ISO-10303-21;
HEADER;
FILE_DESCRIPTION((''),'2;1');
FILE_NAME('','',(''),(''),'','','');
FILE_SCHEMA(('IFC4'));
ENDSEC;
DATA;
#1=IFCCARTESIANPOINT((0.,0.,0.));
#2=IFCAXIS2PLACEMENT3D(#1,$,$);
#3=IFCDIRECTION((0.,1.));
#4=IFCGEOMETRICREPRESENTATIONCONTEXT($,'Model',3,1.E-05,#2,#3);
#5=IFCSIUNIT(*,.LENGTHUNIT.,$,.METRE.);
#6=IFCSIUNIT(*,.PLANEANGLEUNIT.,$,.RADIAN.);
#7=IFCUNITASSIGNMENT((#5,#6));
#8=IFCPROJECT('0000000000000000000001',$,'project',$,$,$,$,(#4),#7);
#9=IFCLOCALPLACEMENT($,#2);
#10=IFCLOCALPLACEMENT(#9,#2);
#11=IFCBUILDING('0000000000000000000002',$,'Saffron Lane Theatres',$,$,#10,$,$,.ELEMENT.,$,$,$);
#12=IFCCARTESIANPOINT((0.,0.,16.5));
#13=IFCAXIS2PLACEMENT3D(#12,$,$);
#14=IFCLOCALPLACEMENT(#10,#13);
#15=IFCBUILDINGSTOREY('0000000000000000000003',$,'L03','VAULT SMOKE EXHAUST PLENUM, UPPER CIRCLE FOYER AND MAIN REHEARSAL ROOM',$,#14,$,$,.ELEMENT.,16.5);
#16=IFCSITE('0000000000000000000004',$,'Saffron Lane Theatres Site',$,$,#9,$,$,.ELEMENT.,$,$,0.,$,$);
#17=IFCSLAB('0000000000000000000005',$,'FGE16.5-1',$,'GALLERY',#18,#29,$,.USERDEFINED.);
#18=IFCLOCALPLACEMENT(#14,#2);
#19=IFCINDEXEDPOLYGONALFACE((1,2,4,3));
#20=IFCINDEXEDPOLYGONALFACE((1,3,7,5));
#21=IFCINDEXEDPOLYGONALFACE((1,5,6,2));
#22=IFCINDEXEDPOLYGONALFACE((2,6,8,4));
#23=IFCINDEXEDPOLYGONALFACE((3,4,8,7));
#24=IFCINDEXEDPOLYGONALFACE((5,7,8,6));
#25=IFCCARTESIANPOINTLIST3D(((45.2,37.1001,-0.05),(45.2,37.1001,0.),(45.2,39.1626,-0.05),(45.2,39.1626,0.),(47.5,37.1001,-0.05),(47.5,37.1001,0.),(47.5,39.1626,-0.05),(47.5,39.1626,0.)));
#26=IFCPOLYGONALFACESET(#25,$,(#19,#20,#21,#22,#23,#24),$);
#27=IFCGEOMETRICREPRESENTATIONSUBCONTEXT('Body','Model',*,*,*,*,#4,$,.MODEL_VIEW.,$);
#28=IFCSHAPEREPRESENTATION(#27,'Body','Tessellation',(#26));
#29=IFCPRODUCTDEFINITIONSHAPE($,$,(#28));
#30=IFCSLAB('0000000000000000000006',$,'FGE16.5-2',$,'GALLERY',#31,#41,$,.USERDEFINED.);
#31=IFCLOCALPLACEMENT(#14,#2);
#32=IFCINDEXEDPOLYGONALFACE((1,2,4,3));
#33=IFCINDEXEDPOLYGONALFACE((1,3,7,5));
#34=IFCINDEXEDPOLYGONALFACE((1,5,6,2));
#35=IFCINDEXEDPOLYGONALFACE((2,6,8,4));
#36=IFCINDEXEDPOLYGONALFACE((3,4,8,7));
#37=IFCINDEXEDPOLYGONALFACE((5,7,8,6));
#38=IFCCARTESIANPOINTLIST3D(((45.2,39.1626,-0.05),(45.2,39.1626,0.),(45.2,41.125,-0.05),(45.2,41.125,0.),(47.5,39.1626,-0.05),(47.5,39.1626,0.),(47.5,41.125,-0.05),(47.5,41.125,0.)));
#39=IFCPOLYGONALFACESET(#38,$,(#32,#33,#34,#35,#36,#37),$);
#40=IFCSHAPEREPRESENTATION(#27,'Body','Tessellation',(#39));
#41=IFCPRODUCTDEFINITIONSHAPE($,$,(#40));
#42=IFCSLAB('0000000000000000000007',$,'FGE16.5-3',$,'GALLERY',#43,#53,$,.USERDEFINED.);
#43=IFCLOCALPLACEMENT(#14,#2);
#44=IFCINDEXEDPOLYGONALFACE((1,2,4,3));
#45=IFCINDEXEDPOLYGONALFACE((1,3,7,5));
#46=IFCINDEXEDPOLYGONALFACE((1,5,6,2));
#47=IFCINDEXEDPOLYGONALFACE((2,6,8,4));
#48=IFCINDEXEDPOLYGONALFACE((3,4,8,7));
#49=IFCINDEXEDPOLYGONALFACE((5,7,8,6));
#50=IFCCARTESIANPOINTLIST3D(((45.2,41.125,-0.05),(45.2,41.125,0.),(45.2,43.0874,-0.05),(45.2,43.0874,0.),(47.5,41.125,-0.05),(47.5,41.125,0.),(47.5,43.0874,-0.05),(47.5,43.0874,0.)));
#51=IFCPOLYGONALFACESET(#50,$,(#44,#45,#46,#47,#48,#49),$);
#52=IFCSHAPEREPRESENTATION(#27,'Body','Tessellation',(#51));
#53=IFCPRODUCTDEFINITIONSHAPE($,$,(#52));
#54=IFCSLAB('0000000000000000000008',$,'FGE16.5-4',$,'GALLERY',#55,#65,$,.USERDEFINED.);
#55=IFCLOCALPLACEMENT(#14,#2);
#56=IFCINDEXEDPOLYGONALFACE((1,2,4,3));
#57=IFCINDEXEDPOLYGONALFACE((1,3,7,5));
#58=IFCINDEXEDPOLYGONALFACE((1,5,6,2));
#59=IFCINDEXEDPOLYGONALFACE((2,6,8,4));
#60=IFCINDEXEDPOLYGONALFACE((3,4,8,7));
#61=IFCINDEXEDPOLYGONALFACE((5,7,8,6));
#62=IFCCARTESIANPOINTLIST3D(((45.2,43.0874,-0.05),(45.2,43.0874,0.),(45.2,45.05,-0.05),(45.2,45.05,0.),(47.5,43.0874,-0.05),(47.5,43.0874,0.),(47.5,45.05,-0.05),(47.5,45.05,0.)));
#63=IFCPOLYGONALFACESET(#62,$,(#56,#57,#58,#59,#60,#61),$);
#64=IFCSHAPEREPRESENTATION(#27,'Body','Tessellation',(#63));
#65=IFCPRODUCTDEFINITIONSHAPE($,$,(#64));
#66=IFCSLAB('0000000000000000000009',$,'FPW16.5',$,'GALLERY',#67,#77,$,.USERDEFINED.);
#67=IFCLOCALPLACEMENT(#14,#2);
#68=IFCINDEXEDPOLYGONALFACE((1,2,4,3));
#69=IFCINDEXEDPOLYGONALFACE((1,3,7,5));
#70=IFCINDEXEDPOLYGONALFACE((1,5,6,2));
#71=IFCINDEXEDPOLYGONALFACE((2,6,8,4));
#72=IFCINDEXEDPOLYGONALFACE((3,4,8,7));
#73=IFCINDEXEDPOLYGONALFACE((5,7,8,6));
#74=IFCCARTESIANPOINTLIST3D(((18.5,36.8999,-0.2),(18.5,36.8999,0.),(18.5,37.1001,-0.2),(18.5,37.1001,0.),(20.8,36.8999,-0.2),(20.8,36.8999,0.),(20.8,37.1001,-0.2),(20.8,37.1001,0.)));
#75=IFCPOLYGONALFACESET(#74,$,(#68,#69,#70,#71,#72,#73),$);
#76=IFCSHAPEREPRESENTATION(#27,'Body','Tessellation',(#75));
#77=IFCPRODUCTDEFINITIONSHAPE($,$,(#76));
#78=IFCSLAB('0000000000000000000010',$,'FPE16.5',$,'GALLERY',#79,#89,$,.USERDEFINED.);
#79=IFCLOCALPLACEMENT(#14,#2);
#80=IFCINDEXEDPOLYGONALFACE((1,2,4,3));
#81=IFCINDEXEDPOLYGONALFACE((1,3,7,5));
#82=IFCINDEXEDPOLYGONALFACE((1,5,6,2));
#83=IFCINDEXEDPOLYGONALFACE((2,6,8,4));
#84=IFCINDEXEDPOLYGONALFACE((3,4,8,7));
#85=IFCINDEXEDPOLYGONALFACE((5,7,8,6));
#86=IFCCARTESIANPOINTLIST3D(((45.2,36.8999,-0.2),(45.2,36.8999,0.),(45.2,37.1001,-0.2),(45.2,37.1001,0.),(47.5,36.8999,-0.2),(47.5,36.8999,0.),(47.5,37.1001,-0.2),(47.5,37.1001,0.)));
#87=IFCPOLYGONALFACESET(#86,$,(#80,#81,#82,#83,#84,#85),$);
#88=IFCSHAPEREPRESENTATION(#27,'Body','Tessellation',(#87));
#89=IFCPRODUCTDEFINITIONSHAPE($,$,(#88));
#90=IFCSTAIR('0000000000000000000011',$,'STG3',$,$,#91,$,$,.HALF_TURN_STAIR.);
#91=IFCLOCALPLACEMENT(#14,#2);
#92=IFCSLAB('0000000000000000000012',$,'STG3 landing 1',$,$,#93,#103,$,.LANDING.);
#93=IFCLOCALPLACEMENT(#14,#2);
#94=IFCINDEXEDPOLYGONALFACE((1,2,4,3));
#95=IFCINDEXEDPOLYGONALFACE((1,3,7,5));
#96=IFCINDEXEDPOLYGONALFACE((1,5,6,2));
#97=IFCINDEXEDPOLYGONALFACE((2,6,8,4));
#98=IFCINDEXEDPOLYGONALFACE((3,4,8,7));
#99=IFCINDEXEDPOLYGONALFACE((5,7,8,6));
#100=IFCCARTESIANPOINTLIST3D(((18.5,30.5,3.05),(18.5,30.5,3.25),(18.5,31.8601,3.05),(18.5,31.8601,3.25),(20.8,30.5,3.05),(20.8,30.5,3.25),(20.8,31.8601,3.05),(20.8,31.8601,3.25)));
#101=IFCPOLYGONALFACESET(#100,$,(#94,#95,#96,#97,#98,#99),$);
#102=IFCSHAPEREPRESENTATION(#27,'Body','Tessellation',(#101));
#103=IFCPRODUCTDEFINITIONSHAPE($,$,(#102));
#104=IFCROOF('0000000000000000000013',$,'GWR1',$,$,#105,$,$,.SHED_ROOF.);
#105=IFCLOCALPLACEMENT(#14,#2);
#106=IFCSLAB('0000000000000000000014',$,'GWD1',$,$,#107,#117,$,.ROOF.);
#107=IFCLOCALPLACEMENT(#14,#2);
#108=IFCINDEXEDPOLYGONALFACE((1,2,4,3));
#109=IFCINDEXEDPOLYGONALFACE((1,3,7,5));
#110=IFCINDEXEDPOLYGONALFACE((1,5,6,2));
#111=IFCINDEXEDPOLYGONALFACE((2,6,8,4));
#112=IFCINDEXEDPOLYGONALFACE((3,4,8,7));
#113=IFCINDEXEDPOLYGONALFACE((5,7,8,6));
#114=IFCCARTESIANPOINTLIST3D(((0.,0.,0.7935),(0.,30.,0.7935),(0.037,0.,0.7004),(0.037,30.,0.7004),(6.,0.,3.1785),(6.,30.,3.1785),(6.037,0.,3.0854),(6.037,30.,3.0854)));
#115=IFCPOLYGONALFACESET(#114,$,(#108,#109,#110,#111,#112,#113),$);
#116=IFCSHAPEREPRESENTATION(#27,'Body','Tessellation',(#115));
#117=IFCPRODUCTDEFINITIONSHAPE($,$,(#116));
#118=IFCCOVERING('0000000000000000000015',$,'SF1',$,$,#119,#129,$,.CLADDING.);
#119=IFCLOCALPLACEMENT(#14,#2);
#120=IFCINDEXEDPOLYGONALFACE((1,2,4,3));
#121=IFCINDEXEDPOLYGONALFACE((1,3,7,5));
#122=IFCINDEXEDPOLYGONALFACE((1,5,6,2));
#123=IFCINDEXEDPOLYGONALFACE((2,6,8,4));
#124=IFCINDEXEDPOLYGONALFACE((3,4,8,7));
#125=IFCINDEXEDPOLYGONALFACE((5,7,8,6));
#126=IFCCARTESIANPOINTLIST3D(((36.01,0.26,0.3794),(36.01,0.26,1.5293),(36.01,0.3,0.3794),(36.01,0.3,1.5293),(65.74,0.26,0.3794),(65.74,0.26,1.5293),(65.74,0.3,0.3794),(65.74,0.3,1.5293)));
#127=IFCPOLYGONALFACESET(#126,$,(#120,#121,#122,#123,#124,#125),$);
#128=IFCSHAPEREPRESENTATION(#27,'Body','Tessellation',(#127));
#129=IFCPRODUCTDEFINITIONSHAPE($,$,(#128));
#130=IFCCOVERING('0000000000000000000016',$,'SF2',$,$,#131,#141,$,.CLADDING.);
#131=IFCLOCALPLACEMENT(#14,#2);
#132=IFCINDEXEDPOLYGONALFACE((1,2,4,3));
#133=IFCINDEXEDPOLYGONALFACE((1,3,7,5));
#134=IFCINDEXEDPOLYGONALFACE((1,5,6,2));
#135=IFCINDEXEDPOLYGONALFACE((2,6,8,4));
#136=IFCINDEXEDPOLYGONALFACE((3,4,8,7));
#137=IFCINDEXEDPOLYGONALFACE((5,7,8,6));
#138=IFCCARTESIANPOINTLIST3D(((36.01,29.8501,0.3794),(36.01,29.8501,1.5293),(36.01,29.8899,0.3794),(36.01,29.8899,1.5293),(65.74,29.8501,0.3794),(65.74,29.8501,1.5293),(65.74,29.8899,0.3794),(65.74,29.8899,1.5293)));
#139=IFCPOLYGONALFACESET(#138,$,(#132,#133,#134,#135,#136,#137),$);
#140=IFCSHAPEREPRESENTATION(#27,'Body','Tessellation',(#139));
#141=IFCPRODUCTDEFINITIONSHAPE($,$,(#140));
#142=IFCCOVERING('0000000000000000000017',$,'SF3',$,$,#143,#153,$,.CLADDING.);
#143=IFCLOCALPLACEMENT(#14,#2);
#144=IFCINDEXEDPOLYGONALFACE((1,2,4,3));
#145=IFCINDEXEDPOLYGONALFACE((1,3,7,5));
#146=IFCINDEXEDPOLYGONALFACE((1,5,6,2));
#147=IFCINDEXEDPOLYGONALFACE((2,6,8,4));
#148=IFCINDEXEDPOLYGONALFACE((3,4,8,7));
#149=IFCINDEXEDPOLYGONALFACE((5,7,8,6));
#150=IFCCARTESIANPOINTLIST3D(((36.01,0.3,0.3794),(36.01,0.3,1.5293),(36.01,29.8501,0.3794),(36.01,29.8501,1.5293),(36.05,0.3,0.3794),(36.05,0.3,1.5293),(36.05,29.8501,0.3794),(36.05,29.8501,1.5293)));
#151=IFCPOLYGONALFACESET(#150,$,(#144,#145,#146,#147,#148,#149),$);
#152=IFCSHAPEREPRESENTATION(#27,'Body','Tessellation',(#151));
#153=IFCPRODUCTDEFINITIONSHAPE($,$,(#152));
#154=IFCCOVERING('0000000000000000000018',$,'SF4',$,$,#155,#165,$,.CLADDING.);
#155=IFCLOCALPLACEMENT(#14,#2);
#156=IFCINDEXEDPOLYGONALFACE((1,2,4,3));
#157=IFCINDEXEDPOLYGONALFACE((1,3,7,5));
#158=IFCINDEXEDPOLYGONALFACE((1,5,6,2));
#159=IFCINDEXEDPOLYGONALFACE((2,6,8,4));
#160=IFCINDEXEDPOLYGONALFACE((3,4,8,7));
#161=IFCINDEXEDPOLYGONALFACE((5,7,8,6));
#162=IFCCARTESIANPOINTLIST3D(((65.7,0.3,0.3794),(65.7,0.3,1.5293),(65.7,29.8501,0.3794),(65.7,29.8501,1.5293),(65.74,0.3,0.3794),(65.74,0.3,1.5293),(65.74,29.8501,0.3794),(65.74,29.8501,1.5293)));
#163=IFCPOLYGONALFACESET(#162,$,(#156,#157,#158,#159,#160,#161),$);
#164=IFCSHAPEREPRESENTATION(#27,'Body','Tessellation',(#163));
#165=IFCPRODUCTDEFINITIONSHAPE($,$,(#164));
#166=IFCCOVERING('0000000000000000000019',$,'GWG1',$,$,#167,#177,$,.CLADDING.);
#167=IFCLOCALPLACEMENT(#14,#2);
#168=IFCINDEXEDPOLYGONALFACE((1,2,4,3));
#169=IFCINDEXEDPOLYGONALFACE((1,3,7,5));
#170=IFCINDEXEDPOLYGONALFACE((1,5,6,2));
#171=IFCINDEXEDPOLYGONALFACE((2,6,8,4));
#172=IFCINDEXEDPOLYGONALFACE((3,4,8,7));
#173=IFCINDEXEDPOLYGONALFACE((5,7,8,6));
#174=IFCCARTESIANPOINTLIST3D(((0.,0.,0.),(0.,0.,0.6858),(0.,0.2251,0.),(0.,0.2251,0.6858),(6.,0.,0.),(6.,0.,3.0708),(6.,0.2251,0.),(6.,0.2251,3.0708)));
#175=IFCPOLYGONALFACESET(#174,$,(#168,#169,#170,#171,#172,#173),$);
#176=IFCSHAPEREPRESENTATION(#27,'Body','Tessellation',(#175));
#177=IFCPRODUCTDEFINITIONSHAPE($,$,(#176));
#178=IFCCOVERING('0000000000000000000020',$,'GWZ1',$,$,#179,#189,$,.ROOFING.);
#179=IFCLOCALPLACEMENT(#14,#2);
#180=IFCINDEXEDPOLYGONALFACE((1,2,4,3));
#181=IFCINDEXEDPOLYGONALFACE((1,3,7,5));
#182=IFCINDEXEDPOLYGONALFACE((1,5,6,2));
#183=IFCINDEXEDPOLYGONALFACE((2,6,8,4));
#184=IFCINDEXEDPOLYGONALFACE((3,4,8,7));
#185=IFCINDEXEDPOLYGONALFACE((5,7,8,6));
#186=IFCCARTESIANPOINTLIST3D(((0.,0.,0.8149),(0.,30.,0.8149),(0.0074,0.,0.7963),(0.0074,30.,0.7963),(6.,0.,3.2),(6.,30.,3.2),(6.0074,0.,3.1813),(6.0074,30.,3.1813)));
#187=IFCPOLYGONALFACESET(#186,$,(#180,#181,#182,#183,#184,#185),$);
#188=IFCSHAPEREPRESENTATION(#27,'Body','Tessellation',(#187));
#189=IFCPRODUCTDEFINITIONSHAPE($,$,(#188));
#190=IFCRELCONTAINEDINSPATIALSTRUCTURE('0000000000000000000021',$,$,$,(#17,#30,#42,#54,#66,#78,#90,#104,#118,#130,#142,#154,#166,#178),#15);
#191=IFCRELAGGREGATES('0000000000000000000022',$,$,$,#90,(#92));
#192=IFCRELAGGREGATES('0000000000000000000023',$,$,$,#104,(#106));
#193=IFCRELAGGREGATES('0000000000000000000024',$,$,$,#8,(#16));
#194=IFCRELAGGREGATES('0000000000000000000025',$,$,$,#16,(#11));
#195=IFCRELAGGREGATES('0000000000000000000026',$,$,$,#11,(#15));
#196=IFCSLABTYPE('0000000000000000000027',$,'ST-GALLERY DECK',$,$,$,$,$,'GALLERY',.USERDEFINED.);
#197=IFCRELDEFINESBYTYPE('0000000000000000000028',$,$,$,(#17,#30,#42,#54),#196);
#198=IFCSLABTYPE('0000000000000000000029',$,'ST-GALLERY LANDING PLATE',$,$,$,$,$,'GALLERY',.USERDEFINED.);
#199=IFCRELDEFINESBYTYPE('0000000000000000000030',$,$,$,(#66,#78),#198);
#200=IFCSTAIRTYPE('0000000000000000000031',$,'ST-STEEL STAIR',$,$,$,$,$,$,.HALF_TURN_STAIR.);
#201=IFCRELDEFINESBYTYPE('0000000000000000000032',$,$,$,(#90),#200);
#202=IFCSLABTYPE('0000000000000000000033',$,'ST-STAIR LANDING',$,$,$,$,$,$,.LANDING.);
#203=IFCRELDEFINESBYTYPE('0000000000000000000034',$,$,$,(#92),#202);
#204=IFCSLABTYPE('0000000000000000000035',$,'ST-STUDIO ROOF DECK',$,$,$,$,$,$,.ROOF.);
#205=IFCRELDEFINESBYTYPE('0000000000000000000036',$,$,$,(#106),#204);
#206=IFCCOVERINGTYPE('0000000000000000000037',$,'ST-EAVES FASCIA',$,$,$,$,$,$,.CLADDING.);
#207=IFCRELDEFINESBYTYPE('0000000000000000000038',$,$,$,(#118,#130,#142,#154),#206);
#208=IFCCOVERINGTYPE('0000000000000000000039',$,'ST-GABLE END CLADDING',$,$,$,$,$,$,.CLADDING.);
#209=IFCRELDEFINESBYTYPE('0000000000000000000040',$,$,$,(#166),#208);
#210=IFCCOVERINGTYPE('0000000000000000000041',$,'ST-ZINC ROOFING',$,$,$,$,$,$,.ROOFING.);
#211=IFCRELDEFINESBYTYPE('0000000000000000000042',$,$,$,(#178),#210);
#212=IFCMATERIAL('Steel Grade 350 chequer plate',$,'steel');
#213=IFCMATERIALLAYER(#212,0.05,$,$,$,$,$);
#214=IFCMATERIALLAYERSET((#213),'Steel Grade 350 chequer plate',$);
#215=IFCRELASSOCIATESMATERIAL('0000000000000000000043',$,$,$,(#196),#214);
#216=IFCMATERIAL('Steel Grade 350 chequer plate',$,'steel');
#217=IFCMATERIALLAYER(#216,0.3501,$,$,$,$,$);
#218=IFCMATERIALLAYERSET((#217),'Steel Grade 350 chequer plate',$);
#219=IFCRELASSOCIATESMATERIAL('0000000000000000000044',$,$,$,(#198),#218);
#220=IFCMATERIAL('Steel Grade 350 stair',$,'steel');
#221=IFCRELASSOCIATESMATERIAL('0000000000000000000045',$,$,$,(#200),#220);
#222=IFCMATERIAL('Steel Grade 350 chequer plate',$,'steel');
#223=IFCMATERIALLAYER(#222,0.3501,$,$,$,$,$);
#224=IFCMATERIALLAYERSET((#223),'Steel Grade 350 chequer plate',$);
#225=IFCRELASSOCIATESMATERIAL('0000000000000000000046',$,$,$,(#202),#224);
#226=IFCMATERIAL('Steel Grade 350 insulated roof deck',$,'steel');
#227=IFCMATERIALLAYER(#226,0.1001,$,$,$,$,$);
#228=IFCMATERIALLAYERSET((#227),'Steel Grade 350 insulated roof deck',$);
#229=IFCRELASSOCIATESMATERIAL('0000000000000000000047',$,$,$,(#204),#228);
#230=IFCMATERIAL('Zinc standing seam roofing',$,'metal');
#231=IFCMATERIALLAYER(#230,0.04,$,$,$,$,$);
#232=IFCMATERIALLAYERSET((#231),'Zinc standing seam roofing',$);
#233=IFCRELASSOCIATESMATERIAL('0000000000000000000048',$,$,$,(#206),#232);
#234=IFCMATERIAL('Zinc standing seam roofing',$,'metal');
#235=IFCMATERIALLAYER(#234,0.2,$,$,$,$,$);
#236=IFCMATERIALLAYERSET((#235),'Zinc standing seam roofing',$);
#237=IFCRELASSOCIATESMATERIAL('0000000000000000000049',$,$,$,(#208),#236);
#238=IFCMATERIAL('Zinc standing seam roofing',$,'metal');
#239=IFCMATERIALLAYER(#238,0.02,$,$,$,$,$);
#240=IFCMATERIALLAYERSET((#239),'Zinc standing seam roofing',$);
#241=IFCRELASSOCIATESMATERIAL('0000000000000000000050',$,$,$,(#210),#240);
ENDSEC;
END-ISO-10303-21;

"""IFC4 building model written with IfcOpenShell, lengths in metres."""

from ifc_helpers import new_model, si_unit, direction, frame, origin, place, context, subcontext, project, spatial, polyline, outline, extrude, material, layer, layer_set, type_object, element, aggregate, save


model = new_model("IFC4")

# Units and contexts
model_context = context("Model", 3, precision=1e-05, world=origin(), true_north=direction((0.0, 1.0)))
body_context = subcontext(model_context, "Body", "Model", "MODEL_VIEW")
ifc_project = project(units=[si_unit("LENGTHUNIT", "METRE"), si_unit("PLANEANGLEUNIT", "RADIAN")], contexts=[model_context])

# Site, building, storey
site_placement = place(None, origin())
site = spatial("IfcSite", under=ifc_project, at=site_placement, Name="Saffron Lane Theatres Site", CompositionType="ELEMENT", RefElevation=0.0)
building_placement = place(site_placement, origin())
building = spatial("IfcBuilding", under=site, at=building_placement, Name="Saffron Lane Theatres", CompositionType="ELEMENT")
storey_placement = place(building_placement, frame((0.0, 0.0, 16.5)))
storey = spatial("IfcBuildingStorey", under=building, at=storey_placement, Name="L03", Description="VAULT SMOKE EXHAUST PLENUM, UPPER CIRCLE FOYER AND MAIN REHEARSAL ROOM", CompositionType="ELEMENT", Elevation=16.5)

# Slabs
ifc_material_1 = material(Name="Steel Grade 350 chequer plate", Category="steel")
ifc_layer_1 = layer(ifc_material_1, 0.05)
ifc_layer_set_1 = layer_set([ifc_layer_1], Name="Steel Grade 350 chequer plate")
slab_type_1 = type_object("IfcSlabType", Name="ST-GALLERY DECK", ElementType="GALLERY", PredefinedType="USERDEFINED", material=ifc_layer_set_1)
slab_1_placement = place(storey_placement, frame((0.0, 0.0, -0.05)))
element("IfcSlab", 1, at=slab_1_placement, inside=storey, type_object=slab_type_1, Name="FGE16.5-1", ObjectType="GALLERY", PredefinedType="USERDEFINED", context=body_context, shape_type="SweptSolid", body=[
    extrude(outline(polyline([(45.2, 37.1001), (47.5, 37.1001), (47.5, 39.1626), (45.2, 39.1626), (45.2, 37.1001)])), origin(), (0.0, 0.0, 1.0), 0.05),
])
slab_2_placement = place(storey_placement, frame((0.0, 0.0, -0.05)))
element("IfcSlab", 2, at=slab_2_placement, inside=storey, type_object=slab_type_1, Name="FGE16.5-2", ObjectType="GALLERY", PredefinedType="USERDEFINED", context=body_context, shape_type="SweptSolid", body=[
    extrude(outline(polyline([(45.2, 39.1626), (47.5, 39.1626), (47.5, 41.125), (45.2, 41.125), (45.2, 39.1626)])), origin(), (0.0, 0.0, 1.0), 0.05),
])
slab_3_placement = place(storey_placement, frame((0.0, 0.0, -0.05)))
element("IfcSlab", 3, at=slab_3_placement, inside=storey, type_object=slab_type_1, Name="FGE16.5-3", ObjectType="GALLERY", PredefinedType="USERDEFINED", context=body_context, shape_type="SweptSolid", body=[
    extrude(outline(polyline([(45.2, 41.125), (47.5, 41.125), (47.5, 43.0874), (45.2, 43.0874), (45.2, 41.125)])), origin(), (0.0, 0.0, 1.0), 0.05),
])
slab_4_placement = place(storey_placement, frame((0.0, 0.0, -0.05)))
element("IfcSlab", 4, at=slab_4_placement, inside=storey, type_object=slab_type_1, Name="FGE16.5-4", ObjectType="GALLERY", PredefinedType="USERDEFINED", context=body_context, shape_type="SweptSolid", body=[
    extrude(outline(polyline([(45.2, 43.0874), (47.5, 43.0874), (47.5, 45.05), (45.2, 45.05), (45.2, 43.0874)])), origin(), (0.0, 0.0, 1.0), 0.05),
])
ifc_material_2 = material(Name="Steel Grade 350 chequer plate", Category="steel")
ifc_layer_2 = layer(ifc_material_2, 0.3501)
ifc_layer_set_2 = layer_set([ifc_layer_2], Name="Steel Grade 350 chequer plate")
slab_type_2 = type_object("IfcSlabType", Name="ST-GALLERY LANDING PLATE", ElementType="GALLERY", PredefinedType="USERDEFINED", material=ifc_layer_set_2)
slab_5_placement = place(storey_placement, frame((0.0, 0.0, -0.2)))
element("IfcSlab", 5, at=slab_5_placement, inside=storey, type_object=slab_type_2, Name="FPW16.5", ObjectType="GALLERY", PredefinedType="USERDEFINED", context=body_context, shape_type="SweptSolid", body=[
    extrude(outline(polyline([(18.5, 36.8999), (20.8, 36.8999), (20.8, 37.1001), (18.5, 37.1001), (18.5, 36.8999)])), origin(), (0.0, 0.0, 1.0), 0.2),
])
slab_6_placement = place(storey_placement, frame((0.0, 0.0, -0.2)))
element("IfcSlab", 6, at=slab_6_placement, inside=storey, type_object=slab_type_2, Name="FPE16.5", ObjectType="GALLERY", PredefinedType="USERDEFINED", context=body_context, shape_type="SweptSolid", body=[
    extrude(outline(polyline([(45.2, 36.8999), (47.5, 36.8999), (47.5, 37.1001), (45.2, 37.1001), (45.2, 36.8999)])), origin(), (0.0, 0.0, 1.0), 0.2),
])

# Stair, slab
ifc_material_3 = material(Name="Steel Grade 350 stair", Category="steel")
stair_type = type_object("IfcStairType", Name="ST-STEEL STAIR", PredefinedType="HALF_TURN_STAIR", material=ifc_material_3)
stair_placement = place(storey_placement, origin())
stair = element("IfcStair", 7, at=stair_placement, inside=storey, type_object=stair_type, Name="STG3", PredefinedType="HALF_TURN_STAIR")
ifc_material_4 = material(Name="Steel Grade 350 chequer plate", Category="steel")
ifc_layer_3 = layer(ifc_material_4, 0.3501)
ifc_layer_set_3 = layer_set([ifc_layer_3], Name="Steel Grade 350 chequer plate")
slab_type_3 = type_object("IfcSlabType", Name="ST-STAIR LANDING", PredefinedType="LANDING", material=ifc_layer_set_3)
slab_7_placement = place(storey_placement, frame((0.0, 0.0, 3.05)))
slab_7 = element("IfcSlab", 8, at=slab_7_placement, type_object=slab_type_3, Name="STG3 landing 1", PredefinedType="LANDING", context=body_context, shape_type="SweptSolid", body=[
    extrude(outline(polyline([(18.5, 30.5), (20.8, 30.5), (20.8, 31.8601), (18.5, 31.8601), (18.5, 30.5)])), origin(), (0.0, 0.0, 1.0), 0.2),
])
aggregate(stair, [slab_7])

# Roof, slab
roof_placement = place(storey_placement, origin())
roof = element("IfcRoof", 9, at=roof_placement, inside=storey, Name="GWR1", PredefinedType="SHED_ROOF")
ifc_material_5 = material(Name="Steel Grade 350 insulated roof deck", Category="steel")
ifc_layer_4 = layer(ifc_material_5, 0.1001)
ifc_layer_set_4 = layer_set([ifc_layer_4], Name="Steel Grade 350 insulated roof deck")
slab_type_4 = type_object("IfcSlabType", Name="ST-STUDIO ROOF DECK", PredefinedType="ROOF", material=ifc_layer_set_4)
slab_8_placement = place(storey_placement, frame((0.0, 0.0, 0.7935), z_axis=(-0.369388, 0.0, 0.929275), x_axis=(0.929275, 0.0, 0.369388)))
slab_8 = element("IfcSlab", 10, at=slab_8_placement, type_object=slab_type_4, Name="GWD1", PredefinedType="ROOF", context=body_context, shape_type="SweptSolid", body=[
    extrude(outline(polyline([(0.0, 0.0), (6.4566, 0.0), (6.4566, 30.0), (0.0, 30.0), (0.0, 0.0)])), origin(), (0.0, 0.0, -1.0), 0.1001),
])
aggregate(roof, [slab_8])

# Coverings
ifc_material_6 = material(Name="Zinc standing seam roofing", Category="metal")
ifc_layer_5 = layer(ifc_material_6, 0.04)
ifc_layer_set_5 = layer_set([ifc_layer_5], Name="Zinc standing seam roofing")
covering_type_1 = type_object("IfcCoveringType", Name="ST-EAVES FASCIA", PredefinedType="CLADDING", material=ifc_layer_set_5)
covering_1_placement = place(storey_placement, frame((0.0, 0.0, 0.3794)))
element("IfcCovering", 11, at=covering_1_placement, inside=storey, type_object=covering_type_1, Name="SF1", PredefinedType="CLADDING", context=body_context, shape_type="SweptSolid", body=[
    extrude(outline(polyline([(36.01, 0.26), (65.74, 0.26), (65.74, 0.3), (36.01, 0.3), (36.01, 0.26)])), origin(), (0.0, 0.0, 1.0), 1.1499),
])
covering_2_placement = place(storey_placement, frame((0.0, 0.0, 0.3794)))
element("IfcCovering", 12, at=covering_2_placement, inside=storey, type_object=covering_type_1, Name="SF2", PredefinedType="CLADDING", context=body_context, shape_type="SweptSolid", body=[
    extrude(outline(polyline([(36.01, 29.8501), (65.74, 29.8501), (65.74, 29.8899), (36.01, 29.8899), (36.01, 29.8501)])), origin(), (0.0, 0.0, 1.0), 1.1499),
])
covering_3_placement = place(storey_placement, frame((0.0, 0.0, 0.3794)))
element("IfcCovering", 13, at=covering_3_placement, inside=storey, type_object=covering_type_1, Name="SF3", PredefinedType="CLADDING", context=body_context, shape_type="SweptSolid", body=[
    extrude(outline(polyline([(36.01, 0.3), (36.05, 0.3), (36.05, 29.8501), (36.01, 29.8501), (36.01, 0.3)])), origin(), (0.0, 0.0, 1.0), 1.1499),
])
covering_4_placement = place(storey_placement, frame((0.0, 0.0, 0.3794)))
element("IfcCovering", 14, at=covering_4_placement, inside=storey, type_object=covering_type_1, Name="SF4", PredefinedType="CLADDING", context=body_context, shape_type="SweptSolid", body=[
    extrude(outline(polyline([(65.7, 0.3), (65.74, 0.3), (65.74, 29.8501), (65.7, 29.8501), (65.7, 0.3)])), origin(), (0.0, 0.0, 1.0), 1.1499),
])
ifc_material_7 = material(Name="Zinc standing seam roofing", Category="metal")
ifc_layer_6 = layer(ifc_material_7, 0.2)
ifc_layer_set_6 = layer_set([ifc_layer_6], Name="Zinc standing seam roofing")
covering_type_2 = type_object("IfcCoveringType", Name="ST-GABLE END CLADDING", PredefinedType="CLADDING", material=ifc_layer_set_6)
covering_5_placement = place(storey_placement, frame((0.0, 0.0, 0.0), z_axis=(0.0, -1.0, 0.0), x_axis=(1.0, 0.0, 0.0)))
element("IfcCovering", 15, at=covering_5_placement, inside=storey, type_object=covering_type_2, Name="GWG1", PredefinedType="CLADDING", context=body_context, shape_type="SweptSolid", body=[
    extrude(outline(polyline([(0.0, 0.0), (6.0, 0.0), (6.0, 3.0708), (0.0, 0.6858), (0.0, 0.0)])), origin(), (0.0, 0.0, -1.0), 0.2251),
])
ifc_material_8 = material(Name="Zinc standing seam roofing", Category="metal")
ifc_layer_7 = layer(ifc_material_8, 0.02)
ifc_layer_set_7 = layer_set([ifc_layer_7], Name="Zinc standing seam roofing")
covering_type_3 = type_object("IfcCoveringType", Name="ST-ZINC ROOFING", PredefinedType="ROOFING", material=ifc_layer_set_7)
covering_6_placement = place(storey_placement, frame((0.0, 0.0, 0.8149), z_axis=(-0.369388, 0.0, 0.929275), x_axis=(0.929275, 0.0, 0.369388)))
element("IfcCovering", 16, at=covering_6_placement, inside=storey, type_object=covering_type_3, Name="GWZ1", PredefinedType="ROOFING", context=body_context, shape_type="SweptSolid", body=[
    extrude(outline(polyline([(0.0, 0.0), (6.4566, 0.0), (6.4566, 30.0), (0.0, 30.0), (0.0, 0.0)])), origin(), (0.0, 0.0, -1.0), 0.02),
])

save(model, "model.ifc")
